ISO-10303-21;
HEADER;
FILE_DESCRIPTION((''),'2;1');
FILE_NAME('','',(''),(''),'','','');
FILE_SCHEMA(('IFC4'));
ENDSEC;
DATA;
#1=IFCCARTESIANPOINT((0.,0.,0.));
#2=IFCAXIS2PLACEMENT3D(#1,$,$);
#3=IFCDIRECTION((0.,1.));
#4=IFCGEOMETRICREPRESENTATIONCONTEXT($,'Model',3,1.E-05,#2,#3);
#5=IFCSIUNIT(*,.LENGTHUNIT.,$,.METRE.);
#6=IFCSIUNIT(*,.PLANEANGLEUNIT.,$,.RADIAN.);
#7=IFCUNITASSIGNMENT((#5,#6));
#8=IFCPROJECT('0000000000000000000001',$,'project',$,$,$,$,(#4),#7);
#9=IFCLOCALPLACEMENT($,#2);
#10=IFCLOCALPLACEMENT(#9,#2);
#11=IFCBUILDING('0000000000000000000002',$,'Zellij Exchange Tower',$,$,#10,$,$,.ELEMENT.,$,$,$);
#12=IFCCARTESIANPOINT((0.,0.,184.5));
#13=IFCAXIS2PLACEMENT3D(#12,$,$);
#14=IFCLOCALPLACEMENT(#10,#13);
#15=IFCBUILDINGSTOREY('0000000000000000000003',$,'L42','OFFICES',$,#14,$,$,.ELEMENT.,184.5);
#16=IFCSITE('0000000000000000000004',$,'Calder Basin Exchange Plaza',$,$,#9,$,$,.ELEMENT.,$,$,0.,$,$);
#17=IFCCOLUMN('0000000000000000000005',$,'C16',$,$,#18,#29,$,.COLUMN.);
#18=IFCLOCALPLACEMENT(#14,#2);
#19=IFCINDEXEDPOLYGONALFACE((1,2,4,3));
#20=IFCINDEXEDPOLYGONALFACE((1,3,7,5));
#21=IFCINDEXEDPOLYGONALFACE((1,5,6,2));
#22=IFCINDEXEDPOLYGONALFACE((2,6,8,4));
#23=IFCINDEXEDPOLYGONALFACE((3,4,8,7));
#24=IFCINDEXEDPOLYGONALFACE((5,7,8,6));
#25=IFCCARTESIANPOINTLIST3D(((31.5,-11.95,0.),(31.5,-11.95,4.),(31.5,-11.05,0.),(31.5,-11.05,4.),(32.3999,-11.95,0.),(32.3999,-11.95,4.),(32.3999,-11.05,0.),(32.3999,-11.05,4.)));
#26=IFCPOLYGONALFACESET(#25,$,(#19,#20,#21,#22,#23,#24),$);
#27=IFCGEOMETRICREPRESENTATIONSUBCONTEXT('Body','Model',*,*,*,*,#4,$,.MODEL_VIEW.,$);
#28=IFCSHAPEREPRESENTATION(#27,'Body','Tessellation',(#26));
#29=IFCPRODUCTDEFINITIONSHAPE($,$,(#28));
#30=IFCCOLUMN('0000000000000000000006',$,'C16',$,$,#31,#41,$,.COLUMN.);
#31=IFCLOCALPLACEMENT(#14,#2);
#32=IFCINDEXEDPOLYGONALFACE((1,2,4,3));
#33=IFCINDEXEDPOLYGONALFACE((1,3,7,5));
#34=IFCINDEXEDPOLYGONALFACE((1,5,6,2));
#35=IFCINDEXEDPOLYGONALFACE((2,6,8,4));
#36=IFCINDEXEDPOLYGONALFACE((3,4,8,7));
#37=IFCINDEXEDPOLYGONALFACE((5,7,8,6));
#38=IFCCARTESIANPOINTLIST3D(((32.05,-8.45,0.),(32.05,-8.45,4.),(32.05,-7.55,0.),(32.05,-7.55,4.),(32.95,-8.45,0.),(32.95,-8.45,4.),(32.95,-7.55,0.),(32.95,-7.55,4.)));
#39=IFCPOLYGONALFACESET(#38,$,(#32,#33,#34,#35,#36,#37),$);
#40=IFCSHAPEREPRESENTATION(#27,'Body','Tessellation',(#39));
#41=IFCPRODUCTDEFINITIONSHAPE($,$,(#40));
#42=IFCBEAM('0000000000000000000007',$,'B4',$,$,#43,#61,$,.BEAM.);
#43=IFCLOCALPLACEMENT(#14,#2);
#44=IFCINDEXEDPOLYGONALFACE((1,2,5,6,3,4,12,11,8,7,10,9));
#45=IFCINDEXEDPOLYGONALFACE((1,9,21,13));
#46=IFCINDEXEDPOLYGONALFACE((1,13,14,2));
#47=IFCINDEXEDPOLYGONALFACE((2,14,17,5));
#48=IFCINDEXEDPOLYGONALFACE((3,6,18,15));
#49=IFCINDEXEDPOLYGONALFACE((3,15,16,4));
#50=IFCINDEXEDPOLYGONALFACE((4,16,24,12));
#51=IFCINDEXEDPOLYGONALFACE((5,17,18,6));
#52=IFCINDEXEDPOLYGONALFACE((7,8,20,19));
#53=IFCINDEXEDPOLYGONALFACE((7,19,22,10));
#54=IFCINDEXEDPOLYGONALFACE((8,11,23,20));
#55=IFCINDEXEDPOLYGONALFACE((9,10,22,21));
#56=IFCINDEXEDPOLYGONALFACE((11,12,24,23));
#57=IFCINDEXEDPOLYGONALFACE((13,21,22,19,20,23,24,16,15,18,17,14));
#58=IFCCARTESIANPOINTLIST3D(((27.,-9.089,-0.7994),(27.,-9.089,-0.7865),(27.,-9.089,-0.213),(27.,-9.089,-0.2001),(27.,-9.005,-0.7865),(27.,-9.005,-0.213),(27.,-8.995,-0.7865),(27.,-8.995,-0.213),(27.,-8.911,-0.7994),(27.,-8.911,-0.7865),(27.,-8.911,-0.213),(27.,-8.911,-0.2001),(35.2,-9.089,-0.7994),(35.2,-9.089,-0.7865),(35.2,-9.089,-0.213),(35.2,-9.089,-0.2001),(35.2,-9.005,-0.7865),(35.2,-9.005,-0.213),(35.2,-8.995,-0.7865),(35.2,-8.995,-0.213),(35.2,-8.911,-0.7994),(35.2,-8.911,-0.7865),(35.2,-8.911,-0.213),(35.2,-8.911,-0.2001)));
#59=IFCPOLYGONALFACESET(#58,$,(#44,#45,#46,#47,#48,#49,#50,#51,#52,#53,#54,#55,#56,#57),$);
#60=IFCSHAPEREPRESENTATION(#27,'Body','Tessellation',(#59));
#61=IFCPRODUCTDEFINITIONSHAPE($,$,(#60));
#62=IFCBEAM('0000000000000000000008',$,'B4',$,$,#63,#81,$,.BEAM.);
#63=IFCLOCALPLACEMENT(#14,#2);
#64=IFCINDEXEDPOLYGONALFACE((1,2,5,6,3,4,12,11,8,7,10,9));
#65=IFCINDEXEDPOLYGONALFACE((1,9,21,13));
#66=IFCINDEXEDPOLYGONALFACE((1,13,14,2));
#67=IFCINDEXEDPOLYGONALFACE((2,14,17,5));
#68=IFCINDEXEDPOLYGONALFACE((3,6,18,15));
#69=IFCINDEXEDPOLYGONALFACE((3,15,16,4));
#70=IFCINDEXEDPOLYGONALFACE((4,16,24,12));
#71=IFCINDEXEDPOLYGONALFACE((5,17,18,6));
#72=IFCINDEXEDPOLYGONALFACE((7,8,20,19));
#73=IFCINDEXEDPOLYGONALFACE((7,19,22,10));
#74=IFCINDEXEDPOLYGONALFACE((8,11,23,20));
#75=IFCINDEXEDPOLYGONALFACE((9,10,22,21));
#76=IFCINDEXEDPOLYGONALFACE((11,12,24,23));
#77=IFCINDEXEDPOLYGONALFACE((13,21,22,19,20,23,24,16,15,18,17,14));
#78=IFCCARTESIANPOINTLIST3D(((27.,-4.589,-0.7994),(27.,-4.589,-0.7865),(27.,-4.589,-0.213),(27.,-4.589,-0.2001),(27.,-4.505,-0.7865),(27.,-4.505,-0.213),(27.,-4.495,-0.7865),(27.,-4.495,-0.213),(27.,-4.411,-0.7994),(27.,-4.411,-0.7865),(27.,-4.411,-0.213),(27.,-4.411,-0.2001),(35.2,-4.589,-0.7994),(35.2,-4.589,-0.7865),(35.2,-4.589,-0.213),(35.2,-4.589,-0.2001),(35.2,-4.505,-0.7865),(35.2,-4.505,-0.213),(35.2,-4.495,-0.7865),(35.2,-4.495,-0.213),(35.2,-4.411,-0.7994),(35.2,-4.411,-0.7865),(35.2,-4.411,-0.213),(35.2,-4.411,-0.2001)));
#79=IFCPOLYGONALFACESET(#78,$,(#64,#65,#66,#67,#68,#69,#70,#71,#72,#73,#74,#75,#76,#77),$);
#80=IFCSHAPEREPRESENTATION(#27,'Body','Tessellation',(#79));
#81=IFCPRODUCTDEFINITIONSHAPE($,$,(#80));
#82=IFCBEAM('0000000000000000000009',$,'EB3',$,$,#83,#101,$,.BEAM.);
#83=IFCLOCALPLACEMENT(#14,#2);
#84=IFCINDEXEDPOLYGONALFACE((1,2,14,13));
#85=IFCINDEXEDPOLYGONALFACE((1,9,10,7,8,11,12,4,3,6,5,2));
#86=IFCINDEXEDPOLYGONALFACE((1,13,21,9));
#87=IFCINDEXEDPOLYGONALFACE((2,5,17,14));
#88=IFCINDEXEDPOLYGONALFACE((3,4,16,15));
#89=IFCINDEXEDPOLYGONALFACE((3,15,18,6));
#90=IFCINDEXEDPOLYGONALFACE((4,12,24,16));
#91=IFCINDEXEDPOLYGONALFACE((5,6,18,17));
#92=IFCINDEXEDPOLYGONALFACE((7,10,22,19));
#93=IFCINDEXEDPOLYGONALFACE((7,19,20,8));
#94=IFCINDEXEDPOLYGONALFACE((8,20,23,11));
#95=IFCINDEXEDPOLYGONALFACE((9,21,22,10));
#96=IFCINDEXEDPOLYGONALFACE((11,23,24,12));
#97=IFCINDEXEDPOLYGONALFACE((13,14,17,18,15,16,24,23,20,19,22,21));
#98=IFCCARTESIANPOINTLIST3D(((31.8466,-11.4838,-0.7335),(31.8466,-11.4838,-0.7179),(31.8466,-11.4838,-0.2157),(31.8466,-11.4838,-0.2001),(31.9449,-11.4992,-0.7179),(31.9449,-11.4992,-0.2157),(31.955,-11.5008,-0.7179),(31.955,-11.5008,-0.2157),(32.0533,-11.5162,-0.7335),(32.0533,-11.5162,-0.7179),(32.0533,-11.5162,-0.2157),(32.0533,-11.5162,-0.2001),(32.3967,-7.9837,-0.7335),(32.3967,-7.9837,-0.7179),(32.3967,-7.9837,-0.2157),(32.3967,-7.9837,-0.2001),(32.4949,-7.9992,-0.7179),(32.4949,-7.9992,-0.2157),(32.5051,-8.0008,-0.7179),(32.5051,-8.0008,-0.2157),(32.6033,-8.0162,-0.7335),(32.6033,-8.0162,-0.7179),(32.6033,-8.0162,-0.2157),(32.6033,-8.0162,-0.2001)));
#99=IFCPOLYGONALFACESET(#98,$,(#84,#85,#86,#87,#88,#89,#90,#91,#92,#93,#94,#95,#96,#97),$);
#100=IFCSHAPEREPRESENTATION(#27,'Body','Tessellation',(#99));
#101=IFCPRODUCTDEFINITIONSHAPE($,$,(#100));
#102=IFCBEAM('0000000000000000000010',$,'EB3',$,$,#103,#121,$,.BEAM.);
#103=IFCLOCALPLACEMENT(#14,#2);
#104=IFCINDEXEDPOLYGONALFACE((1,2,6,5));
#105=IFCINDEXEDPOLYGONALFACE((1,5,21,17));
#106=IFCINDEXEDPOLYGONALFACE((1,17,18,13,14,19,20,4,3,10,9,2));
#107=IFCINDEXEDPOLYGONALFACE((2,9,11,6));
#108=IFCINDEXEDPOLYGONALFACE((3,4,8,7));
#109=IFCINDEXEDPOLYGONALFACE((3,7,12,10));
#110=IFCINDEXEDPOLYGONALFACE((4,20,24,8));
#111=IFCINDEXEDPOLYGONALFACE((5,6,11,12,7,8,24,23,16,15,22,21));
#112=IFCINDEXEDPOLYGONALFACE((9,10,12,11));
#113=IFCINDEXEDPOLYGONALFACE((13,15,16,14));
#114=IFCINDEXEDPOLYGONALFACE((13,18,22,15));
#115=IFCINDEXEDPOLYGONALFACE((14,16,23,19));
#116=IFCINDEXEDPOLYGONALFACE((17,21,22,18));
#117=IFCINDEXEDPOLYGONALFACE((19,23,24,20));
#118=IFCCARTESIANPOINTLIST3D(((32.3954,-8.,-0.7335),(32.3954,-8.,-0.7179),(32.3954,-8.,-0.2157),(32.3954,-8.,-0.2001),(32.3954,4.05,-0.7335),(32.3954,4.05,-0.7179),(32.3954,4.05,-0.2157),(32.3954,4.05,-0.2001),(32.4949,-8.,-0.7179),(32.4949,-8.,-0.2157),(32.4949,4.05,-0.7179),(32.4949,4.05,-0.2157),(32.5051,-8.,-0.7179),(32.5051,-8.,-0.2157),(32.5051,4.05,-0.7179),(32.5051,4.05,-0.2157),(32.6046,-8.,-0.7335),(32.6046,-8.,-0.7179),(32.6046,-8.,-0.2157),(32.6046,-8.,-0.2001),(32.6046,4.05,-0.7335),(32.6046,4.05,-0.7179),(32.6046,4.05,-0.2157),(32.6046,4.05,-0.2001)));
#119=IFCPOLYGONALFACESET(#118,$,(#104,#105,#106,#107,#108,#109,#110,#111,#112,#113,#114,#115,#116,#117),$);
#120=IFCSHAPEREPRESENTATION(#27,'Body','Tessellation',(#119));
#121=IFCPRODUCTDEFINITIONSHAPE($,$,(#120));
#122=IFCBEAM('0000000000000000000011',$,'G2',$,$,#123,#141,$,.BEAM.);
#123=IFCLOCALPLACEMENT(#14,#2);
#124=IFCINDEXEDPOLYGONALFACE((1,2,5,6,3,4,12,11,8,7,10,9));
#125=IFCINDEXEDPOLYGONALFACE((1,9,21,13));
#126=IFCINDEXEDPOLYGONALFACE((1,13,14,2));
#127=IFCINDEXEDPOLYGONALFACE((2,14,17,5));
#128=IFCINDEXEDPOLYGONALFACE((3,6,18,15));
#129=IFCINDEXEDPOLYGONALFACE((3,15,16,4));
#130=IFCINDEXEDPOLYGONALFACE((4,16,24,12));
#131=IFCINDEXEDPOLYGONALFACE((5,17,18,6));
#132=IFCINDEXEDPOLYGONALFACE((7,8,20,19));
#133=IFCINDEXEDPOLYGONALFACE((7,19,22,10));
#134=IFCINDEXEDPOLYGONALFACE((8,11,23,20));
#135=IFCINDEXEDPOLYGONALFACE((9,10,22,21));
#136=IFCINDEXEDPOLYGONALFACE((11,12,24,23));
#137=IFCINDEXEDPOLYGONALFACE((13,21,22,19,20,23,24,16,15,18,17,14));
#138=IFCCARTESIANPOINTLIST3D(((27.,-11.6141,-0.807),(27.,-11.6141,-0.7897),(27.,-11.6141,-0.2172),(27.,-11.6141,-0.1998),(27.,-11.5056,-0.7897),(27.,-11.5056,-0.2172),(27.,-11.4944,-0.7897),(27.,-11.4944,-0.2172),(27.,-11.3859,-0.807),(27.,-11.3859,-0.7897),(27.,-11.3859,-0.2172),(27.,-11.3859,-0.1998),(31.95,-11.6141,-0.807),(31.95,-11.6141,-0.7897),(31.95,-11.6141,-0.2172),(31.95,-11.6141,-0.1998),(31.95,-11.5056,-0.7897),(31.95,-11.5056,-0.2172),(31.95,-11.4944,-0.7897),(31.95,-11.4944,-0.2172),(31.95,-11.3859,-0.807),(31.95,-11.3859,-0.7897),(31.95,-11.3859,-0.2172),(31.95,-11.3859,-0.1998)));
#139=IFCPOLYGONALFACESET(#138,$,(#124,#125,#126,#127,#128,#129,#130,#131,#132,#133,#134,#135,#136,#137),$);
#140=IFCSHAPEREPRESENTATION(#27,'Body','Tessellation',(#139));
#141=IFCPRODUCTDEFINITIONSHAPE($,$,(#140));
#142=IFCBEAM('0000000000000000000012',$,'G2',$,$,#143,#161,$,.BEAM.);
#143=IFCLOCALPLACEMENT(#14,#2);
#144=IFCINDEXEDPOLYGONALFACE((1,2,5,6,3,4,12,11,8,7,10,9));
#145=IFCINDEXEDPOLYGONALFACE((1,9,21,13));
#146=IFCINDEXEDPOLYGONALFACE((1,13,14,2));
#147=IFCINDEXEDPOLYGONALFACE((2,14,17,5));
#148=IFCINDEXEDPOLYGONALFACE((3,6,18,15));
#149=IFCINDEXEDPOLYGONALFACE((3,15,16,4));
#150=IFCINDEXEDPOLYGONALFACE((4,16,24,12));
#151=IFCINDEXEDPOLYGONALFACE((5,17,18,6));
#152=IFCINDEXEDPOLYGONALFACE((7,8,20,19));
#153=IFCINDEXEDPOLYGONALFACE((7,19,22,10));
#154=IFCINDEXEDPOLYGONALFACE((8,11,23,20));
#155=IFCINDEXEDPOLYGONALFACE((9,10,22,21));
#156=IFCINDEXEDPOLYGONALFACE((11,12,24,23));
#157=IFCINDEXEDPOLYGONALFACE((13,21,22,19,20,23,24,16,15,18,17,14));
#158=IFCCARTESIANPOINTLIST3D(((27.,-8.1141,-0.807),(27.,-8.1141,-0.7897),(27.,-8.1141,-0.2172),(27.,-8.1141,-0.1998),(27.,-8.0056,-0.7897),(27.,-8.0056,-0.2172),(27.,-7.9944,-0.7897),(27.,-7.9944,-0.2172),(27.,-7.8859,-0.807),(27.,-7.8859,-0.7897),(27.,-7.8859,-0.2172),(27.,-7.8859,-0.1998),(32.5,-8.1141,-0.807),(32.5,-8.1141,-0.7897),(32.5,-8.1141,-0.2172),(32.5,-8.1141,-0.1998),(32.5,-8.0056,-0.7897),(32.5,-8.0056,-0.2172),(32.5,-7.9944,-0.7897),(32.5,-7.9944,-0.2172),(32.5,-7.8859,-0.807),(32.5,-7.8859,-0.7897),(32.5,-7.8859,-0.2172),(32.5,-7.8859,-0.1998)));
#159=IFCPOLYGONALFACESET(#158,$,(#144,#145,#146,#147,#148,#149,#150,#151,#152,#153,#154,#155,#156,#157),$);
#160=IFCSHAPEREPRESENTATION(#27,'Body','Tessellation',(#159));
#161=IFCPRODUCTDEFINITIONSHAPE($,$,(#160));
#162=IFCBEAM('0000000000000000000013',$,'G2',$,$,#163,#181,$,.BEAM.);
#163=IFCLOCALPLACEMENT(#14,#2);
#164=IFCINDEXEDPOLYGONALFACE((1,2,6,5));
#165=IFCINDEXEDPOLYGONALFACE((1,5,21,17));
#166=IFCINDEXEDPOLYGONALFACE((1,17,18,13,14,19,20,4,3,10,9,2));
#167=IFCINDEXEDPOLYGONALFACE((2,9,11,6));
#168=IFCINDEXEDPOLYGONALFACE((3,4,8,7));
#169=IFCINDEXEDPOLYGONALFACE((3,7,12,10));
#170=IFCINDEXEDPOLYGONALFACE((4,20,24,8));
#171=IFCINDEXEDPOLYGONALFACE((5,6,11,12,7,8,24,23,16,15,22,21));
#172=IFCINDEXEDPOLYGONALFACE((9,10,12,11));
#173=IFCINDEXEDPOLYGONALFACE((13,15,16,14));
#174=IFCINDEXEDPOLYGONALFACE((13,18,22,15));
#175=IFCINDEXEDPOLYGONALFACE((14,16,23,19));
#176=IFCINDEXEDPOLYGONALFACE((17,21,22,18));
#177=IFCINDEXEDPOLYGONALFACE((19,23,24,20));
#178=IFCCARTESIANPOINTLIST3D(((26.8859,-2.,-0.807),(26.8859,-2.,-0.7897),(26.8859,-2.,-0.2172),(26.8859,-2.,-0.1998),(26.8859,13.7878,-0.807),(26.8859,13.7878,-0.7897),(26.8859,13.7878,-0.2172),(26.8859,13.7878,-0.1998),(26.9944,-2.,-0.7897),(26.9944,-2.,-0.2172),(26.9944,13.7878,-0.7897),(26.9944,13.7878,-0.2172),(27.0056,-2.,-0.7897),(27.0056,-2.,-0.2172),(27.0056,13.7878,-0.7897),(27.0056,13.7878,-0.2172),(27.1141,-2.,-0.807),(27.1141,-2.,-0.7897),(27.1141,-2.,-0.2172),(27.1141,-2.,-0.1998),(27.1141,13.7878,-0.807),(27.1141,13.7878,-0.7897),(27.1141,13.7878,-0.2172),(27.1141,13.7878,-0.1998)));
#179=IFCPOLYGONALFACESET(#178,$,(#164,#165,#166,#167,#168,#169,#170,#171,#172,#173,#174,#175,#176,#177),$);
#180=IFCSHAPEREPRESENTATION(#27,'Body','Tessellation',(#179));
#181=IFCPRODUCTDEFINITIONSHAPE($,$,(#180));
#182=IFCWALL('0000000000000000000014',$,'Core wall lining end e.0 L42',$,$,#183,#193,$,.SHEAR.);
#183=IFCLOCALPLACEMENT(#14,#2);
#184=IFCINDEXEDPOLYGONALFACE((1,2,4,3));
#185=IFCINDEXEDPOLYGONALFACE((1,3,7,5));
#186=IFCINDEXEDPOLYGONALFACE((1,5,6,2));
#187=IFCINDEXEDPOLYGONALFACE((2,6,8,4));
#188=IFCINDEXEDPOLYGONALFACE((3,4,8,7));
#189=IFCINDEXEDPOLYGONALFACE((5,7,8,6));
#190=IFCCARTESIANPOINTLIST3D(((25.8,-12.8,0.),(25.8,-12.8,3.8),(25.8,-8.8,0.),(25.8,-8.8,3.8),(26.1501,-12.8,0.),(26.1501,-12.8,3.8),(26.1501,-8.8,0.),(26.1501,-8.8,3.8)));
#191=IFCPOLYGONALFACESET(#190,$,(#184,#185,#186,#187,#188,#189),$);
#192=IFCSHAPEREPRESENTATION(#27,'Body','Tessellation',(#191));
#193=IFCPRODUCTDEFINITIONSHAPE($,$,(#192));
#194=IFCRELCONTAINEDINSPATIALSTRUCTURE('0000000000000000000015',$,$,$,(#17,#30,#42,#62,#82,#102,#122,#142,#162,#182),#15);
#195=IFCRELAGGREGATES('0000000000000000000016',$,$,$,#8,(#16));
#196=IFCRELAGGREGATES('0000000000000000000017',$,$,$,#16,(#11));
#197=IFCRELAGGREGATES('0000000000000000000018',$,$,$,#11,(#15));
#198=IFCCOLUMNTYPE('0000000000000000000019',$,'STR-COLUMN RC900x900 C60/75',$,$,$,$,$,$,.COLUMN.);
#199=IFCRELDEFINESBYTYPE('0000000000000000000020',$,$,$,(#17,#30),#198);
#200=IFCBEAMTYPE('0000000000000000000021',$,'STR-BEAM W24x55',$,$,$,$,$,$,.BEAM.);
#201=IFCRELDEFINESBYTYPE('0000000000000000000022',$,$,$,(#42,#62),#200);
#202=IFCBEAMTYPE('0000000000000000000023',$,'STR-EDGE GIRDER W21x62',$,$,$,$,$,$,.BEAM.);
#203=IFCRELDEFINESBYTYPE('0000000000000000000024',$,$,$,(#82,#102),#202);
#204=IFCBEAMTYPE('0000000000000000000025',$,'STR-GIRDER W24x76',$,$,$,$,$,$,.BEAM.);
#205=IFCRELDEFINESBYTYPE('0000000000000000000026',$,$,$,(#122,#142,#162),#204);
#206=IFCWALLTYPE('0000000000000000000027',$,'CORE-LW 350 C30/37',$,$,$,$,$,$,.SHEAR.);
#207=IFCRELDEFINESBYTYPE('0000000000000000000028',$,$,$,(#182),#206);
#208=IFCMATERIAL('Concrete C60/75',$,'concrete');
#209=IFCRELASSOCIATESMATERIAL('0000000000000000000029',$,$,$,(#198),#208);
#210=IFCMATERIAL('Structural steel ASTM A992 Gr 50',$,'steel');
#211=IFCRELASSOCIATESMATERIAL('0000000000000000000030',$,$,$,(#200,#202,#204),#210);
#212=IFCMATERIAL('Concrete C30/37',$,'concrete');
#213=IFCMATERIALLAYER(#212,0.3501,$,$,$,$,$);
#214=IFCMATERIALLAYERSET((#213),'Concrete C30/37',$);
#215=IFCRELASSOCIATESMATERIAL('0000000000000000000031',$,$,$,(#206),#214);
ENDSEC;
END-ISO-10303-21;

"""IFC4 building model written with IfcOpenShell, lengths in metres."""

from ifc_helpers import new_model, si_unit, direction, frame, frame_2d, origin, origin_2d, place, context, subcontext, project, spatial, rectangle, i_section, extrude, material, layer, layer_set, material_profile, profile_set, type_object, element, save


model = new_model("IFC4")

# Units and contexts
model_context = context("Model", 3, precision=1e-05, world=origin(), true_north=direction((0.0, 1.0)))
body_context = subcontext(model_context, "Body", "Model", "MODEL_VIEW")
ifc_project = project(units=[si_unit("LENGTHUNIT", "METRE"), si_unit("PLANEANGLEUNIT", "RADIAN")], contexts=[model_context])

# Site, building, storey
site_placement = place(None, origin())
site = spatial("IfcSite", under=ifc_project, at=site_placement, Name="Calder Basin Exchange Plaza", CompositionType="ELEMENT", RefElevation=0.0)
building_placement = place(site_placement, origin())
building = spatial("IfcBuilding", under=site, at=building_placement, Name="Zellij Exchange Tower", CompositionType="ELEMENT")
storey_placement = place(building_placement, frame((0.0, 0.0, 184.5)))
storey = spatial("IfcBuildingStorey", under=building, at=storey_placement, Name="L42", Description="OFFICES", CompositionType="ELEMENT", Elevation=184.5)

# Columns
ifc_material_1 = material(Name="Concrete C60/75", Category="concrete")
ifc_material_profile_1 = material_profile(ifc_material_1, rectangle(XDim=0.8999, YDim=0.8999, at=origin_2d()), Name="STR-COLUMN RC900x900 C60/75")
ifc_profile_set_1 = profile_set([ifc_material_profile_1], Name="Concrete C60/75")
column_type = type_object("IfcColumnType", Name="STR-COLUMN RC900x900 C60/75", PredefinedType="COLUMN", material=ifc_profile_set_1)
for number, where, z_axis, x_axis, name in (
    (1, (31.95, -11.5, 0.0), (0.0, 0.0, 1.0), (1.0, 0.0, 0.0), "C16"),
    (2, (32.5, -8.0, 0.0), (0.0, 0.0, 1.0), (1.0, 0.0, 0.0), "C16"),
):
    element("IfcColumn", number, at=place(storey_placement, frame(where, z_axis=z_axis, x_axis=x_axis)), inside=storey, type_object=column_type, Name=name, PredefinedType="COLUMN", context=body_context, shape_type="SweptSolid", body=[
        extrude(rectangle(XDim=0.8999, YDim=0.8999, at=origin_2d()), origin(), (0.0, 0.0, 1.0), 4.0),
    ])

# Beams
ifc_material_2 = material(Name="Structural steel ASTM A992 Gr 50", Category="steel")
ifc_material_profile_2 = material_profile(ifc_material_2, i_section(OverallWidth=0.178, OverallDepth=0.5994, WebThickness=0.01, FlangeThickness=0.0129, at=origin_2d()), Name="W24x55")
ifc_profile_set_2 = profile_set([ifc_material_profile_2], Name="Structural steel ASTM A992 Gr 50")
beam_type_1 = type_object("IfcBeamType", Name="STR-BEAM W24x55", PredefinedType="BEAM", material=ifc_profile_set_2)
for number, where, z_axis, x_axis, name in (
    (3, (27.0, -9.0, -0.4998), (1.0, 0.0, 0.0), (0.0, 1.0, 0.0), "B4"),
    (4, (27.0, -4.5, -0.4998), (1.0, 0.0, 0.0), (0.0, 1.0, 0.0), "B4"),
):
    element("IfcBeam", number, at=place(storey_placement, frame(where, z_axis=z_axis, x_axis=x_axis)), inside=storey, type_object=beam_type_1, Name=name, PredefinedType="BEAM", context=body_context, shape_type="SweptSolid", body=[
        extrude(i_section(OverallWidth=0.178, OverallDepth=0.5994, WebThickness=0.01, FlangeThickness=0.0129, at=origin_2d()), origin(), (0.0, 0.0, 1.0), 8.2),
    ])
ifc_material_profile_3 = material_profile(ifc_material_2, i_section(OverallWidth=0.2092, OverallDepth=0.5334, WebThickness=0.0103, FlangeThickness=0.0156, at=origin_2d()), Name="W21x62")
ifc_profile_set_3 = profile_set([ifc_material_profile_3], Name="Structural steel ASTM A992 Gr 50")
beam_type_2 = type_object("IfcBeamType", Name="STR-EDGE GIRDER W21x62", PredefinedType="BEAM", material=ifc_profile_set_3)
beam_1_placement = place(storey_placement, frame((31.95, -11.5, -0.4668), z_axis=(0.155251, 0.987875, 0.0), x_axis=(-0.987875, 0.155251, 0.0)))
element("IfcBeam", 5, at=beam_1_placement, inside=storey, type_object=beam_type_2, Name="EB3", PredefinedType="BEAM", context=body_context, shape_type="SweptSolid", body=[
    extrude(i_section(OverallWidth=0.2092, OverallDepth=0.5334, WebThickness=0.0103, FlangeThickness=0.0156, at=origin_2d()), origin(), (0.0, 0.0, 1.0), 3.543),
])
beam_2_placement = place(storey_placement, frame((32.5, -8.0, -0.4668), z_axis=(0.0, 1.0, 0.0), x_axis=(-1.0, 0.0, 0.0)))
element("IfcBeam", 6, at=beam_2_placement, inside=storey, type_object=beam_type_2, Name="EB3", PredefinedType="BEAM", context=body_context, shape_type="SweptSolid", body=[
    extrude(i_section(OverallWidth=0.2092, OverallDepth=0.5334, WebThickness=0.0103, FlangeThickness=0.0156, at=origin_2d()), origin(), (0.0, 0.0, 1.0), 12.05),
])
ifc_material_profile_4 = material_profile(ifc_material_2, i_section(OverallWidth=0.2283, OverallDepth=0.6072, WebThickness=0.0112, FlangeThickness=0.0173, at=origin_2d()), Name="W24x76")
ifc_profile_set_4 = profile_set([ifc_material_profile_4], Name="Structural steel ASTM A992 Gr 50")
beam_type_3 = type_object("IfcBeamType", Name="STR-GIRDER W24x76", PredefinedType="BEAM", material=ifc_profile_set_4)
beam_3_placement = place(storey_placement, frame((27.0, -11.5, -0.5034), z_axis=(1.0, 0.0, 0.0), x_axis=(0.0, 1.0, 0.0)))
element("IfcBeam", 7, at=beam_3_placement, inside=storey, type_object=beam_type_3, Name="G2", PredefinedType="BEAM", context=body_context, shape_type="SweptSolid", body=[
    extrude(i_section(OverallWidth=0.2283, OverallDepth=0.6072, WebThickness=0.0112, FlangeThickness=0.0173, at=origin_2d()), origin(), (0.0, 0.0, 1.0), 4.95),
])
beam_4_placement = place(storey_placement, frame((27.0, -8.0, -0.5034), z_axis=(1.0, 0.0, 0.0), x_axis=(0.0, 1.0, 0.0)))
element("IfcBeam", 8, at=beam_4_placement, inside=storey, type_object=beam_type_3, Name="G2", PredefinedType="BEAM", context=body_context, shape_type="SweptSolid", body=[
    extrude(i_section(OverallWidth=0.2283, OverallDepth=0.6072, WebThickness=0.0112, FlangeThickness=0.0173, at=origin_2d()), origin(), (0.0, 0.0, 1.0), 5.5),
])
beam_5_placement = place(storey_placement, frame((27.0, -2.0, -0.5034), z_axis=(0.0, 1.0, 0.0), x_axis=(-1.0, 0.0, 0.0)))
element("IfcBeam", 9, at=beam_5_placement, inside=storey, type_object=beam_type_3, Name="G2", PredefinedType="BEAM", context=body_context, shape_type="SweptSolid", body=[
    extrude(i_section(OverallWidth=0.2283, OverallDepth=0.6072, WebThickness=0.0112, FlangeThickness=0.0173, at=origin_2d()), origin(), (0.0, 0.0, 1.0), 15.7878),
])

# Wall
ifc_material_3 = material(Name="Concrete C30/37", Category="concrete")
ifc_layer_1 = layer(ifc_material_3, 0.3501)
ifc_layer_set_1 = layer_set([ifc_layer_1], Name="Concrete C30/37")
wall_type_1 = type_object("IfcWallType", Name="CORE-LW 350 C30/37", PredefinedType="SHEAR", material=ifc_layer_set_1)
wall_1_placement = place(storey_placement, frame((25.9751, -12.8, 0.0), z_axis=(0.0, 0.0, 1.0), x_axis=(0.0, 1.0, 0.0)))
element("IfcWall", 10, at=wall_1_placement, inside=storey, type_object=wall_type_1, Name="Core wall lining end e.0 L42", PredefinedType="SHEAR", context=body_context, shape_type="SweptSolid", body=[
    extrude(rectangle(XDim=4.0, YDim=0.3501, at=frame_2d((2.0, 0.0))), origin(), (0.0, 0.0, 1.0), 3.8),
])

save(model, "model.ifc")
